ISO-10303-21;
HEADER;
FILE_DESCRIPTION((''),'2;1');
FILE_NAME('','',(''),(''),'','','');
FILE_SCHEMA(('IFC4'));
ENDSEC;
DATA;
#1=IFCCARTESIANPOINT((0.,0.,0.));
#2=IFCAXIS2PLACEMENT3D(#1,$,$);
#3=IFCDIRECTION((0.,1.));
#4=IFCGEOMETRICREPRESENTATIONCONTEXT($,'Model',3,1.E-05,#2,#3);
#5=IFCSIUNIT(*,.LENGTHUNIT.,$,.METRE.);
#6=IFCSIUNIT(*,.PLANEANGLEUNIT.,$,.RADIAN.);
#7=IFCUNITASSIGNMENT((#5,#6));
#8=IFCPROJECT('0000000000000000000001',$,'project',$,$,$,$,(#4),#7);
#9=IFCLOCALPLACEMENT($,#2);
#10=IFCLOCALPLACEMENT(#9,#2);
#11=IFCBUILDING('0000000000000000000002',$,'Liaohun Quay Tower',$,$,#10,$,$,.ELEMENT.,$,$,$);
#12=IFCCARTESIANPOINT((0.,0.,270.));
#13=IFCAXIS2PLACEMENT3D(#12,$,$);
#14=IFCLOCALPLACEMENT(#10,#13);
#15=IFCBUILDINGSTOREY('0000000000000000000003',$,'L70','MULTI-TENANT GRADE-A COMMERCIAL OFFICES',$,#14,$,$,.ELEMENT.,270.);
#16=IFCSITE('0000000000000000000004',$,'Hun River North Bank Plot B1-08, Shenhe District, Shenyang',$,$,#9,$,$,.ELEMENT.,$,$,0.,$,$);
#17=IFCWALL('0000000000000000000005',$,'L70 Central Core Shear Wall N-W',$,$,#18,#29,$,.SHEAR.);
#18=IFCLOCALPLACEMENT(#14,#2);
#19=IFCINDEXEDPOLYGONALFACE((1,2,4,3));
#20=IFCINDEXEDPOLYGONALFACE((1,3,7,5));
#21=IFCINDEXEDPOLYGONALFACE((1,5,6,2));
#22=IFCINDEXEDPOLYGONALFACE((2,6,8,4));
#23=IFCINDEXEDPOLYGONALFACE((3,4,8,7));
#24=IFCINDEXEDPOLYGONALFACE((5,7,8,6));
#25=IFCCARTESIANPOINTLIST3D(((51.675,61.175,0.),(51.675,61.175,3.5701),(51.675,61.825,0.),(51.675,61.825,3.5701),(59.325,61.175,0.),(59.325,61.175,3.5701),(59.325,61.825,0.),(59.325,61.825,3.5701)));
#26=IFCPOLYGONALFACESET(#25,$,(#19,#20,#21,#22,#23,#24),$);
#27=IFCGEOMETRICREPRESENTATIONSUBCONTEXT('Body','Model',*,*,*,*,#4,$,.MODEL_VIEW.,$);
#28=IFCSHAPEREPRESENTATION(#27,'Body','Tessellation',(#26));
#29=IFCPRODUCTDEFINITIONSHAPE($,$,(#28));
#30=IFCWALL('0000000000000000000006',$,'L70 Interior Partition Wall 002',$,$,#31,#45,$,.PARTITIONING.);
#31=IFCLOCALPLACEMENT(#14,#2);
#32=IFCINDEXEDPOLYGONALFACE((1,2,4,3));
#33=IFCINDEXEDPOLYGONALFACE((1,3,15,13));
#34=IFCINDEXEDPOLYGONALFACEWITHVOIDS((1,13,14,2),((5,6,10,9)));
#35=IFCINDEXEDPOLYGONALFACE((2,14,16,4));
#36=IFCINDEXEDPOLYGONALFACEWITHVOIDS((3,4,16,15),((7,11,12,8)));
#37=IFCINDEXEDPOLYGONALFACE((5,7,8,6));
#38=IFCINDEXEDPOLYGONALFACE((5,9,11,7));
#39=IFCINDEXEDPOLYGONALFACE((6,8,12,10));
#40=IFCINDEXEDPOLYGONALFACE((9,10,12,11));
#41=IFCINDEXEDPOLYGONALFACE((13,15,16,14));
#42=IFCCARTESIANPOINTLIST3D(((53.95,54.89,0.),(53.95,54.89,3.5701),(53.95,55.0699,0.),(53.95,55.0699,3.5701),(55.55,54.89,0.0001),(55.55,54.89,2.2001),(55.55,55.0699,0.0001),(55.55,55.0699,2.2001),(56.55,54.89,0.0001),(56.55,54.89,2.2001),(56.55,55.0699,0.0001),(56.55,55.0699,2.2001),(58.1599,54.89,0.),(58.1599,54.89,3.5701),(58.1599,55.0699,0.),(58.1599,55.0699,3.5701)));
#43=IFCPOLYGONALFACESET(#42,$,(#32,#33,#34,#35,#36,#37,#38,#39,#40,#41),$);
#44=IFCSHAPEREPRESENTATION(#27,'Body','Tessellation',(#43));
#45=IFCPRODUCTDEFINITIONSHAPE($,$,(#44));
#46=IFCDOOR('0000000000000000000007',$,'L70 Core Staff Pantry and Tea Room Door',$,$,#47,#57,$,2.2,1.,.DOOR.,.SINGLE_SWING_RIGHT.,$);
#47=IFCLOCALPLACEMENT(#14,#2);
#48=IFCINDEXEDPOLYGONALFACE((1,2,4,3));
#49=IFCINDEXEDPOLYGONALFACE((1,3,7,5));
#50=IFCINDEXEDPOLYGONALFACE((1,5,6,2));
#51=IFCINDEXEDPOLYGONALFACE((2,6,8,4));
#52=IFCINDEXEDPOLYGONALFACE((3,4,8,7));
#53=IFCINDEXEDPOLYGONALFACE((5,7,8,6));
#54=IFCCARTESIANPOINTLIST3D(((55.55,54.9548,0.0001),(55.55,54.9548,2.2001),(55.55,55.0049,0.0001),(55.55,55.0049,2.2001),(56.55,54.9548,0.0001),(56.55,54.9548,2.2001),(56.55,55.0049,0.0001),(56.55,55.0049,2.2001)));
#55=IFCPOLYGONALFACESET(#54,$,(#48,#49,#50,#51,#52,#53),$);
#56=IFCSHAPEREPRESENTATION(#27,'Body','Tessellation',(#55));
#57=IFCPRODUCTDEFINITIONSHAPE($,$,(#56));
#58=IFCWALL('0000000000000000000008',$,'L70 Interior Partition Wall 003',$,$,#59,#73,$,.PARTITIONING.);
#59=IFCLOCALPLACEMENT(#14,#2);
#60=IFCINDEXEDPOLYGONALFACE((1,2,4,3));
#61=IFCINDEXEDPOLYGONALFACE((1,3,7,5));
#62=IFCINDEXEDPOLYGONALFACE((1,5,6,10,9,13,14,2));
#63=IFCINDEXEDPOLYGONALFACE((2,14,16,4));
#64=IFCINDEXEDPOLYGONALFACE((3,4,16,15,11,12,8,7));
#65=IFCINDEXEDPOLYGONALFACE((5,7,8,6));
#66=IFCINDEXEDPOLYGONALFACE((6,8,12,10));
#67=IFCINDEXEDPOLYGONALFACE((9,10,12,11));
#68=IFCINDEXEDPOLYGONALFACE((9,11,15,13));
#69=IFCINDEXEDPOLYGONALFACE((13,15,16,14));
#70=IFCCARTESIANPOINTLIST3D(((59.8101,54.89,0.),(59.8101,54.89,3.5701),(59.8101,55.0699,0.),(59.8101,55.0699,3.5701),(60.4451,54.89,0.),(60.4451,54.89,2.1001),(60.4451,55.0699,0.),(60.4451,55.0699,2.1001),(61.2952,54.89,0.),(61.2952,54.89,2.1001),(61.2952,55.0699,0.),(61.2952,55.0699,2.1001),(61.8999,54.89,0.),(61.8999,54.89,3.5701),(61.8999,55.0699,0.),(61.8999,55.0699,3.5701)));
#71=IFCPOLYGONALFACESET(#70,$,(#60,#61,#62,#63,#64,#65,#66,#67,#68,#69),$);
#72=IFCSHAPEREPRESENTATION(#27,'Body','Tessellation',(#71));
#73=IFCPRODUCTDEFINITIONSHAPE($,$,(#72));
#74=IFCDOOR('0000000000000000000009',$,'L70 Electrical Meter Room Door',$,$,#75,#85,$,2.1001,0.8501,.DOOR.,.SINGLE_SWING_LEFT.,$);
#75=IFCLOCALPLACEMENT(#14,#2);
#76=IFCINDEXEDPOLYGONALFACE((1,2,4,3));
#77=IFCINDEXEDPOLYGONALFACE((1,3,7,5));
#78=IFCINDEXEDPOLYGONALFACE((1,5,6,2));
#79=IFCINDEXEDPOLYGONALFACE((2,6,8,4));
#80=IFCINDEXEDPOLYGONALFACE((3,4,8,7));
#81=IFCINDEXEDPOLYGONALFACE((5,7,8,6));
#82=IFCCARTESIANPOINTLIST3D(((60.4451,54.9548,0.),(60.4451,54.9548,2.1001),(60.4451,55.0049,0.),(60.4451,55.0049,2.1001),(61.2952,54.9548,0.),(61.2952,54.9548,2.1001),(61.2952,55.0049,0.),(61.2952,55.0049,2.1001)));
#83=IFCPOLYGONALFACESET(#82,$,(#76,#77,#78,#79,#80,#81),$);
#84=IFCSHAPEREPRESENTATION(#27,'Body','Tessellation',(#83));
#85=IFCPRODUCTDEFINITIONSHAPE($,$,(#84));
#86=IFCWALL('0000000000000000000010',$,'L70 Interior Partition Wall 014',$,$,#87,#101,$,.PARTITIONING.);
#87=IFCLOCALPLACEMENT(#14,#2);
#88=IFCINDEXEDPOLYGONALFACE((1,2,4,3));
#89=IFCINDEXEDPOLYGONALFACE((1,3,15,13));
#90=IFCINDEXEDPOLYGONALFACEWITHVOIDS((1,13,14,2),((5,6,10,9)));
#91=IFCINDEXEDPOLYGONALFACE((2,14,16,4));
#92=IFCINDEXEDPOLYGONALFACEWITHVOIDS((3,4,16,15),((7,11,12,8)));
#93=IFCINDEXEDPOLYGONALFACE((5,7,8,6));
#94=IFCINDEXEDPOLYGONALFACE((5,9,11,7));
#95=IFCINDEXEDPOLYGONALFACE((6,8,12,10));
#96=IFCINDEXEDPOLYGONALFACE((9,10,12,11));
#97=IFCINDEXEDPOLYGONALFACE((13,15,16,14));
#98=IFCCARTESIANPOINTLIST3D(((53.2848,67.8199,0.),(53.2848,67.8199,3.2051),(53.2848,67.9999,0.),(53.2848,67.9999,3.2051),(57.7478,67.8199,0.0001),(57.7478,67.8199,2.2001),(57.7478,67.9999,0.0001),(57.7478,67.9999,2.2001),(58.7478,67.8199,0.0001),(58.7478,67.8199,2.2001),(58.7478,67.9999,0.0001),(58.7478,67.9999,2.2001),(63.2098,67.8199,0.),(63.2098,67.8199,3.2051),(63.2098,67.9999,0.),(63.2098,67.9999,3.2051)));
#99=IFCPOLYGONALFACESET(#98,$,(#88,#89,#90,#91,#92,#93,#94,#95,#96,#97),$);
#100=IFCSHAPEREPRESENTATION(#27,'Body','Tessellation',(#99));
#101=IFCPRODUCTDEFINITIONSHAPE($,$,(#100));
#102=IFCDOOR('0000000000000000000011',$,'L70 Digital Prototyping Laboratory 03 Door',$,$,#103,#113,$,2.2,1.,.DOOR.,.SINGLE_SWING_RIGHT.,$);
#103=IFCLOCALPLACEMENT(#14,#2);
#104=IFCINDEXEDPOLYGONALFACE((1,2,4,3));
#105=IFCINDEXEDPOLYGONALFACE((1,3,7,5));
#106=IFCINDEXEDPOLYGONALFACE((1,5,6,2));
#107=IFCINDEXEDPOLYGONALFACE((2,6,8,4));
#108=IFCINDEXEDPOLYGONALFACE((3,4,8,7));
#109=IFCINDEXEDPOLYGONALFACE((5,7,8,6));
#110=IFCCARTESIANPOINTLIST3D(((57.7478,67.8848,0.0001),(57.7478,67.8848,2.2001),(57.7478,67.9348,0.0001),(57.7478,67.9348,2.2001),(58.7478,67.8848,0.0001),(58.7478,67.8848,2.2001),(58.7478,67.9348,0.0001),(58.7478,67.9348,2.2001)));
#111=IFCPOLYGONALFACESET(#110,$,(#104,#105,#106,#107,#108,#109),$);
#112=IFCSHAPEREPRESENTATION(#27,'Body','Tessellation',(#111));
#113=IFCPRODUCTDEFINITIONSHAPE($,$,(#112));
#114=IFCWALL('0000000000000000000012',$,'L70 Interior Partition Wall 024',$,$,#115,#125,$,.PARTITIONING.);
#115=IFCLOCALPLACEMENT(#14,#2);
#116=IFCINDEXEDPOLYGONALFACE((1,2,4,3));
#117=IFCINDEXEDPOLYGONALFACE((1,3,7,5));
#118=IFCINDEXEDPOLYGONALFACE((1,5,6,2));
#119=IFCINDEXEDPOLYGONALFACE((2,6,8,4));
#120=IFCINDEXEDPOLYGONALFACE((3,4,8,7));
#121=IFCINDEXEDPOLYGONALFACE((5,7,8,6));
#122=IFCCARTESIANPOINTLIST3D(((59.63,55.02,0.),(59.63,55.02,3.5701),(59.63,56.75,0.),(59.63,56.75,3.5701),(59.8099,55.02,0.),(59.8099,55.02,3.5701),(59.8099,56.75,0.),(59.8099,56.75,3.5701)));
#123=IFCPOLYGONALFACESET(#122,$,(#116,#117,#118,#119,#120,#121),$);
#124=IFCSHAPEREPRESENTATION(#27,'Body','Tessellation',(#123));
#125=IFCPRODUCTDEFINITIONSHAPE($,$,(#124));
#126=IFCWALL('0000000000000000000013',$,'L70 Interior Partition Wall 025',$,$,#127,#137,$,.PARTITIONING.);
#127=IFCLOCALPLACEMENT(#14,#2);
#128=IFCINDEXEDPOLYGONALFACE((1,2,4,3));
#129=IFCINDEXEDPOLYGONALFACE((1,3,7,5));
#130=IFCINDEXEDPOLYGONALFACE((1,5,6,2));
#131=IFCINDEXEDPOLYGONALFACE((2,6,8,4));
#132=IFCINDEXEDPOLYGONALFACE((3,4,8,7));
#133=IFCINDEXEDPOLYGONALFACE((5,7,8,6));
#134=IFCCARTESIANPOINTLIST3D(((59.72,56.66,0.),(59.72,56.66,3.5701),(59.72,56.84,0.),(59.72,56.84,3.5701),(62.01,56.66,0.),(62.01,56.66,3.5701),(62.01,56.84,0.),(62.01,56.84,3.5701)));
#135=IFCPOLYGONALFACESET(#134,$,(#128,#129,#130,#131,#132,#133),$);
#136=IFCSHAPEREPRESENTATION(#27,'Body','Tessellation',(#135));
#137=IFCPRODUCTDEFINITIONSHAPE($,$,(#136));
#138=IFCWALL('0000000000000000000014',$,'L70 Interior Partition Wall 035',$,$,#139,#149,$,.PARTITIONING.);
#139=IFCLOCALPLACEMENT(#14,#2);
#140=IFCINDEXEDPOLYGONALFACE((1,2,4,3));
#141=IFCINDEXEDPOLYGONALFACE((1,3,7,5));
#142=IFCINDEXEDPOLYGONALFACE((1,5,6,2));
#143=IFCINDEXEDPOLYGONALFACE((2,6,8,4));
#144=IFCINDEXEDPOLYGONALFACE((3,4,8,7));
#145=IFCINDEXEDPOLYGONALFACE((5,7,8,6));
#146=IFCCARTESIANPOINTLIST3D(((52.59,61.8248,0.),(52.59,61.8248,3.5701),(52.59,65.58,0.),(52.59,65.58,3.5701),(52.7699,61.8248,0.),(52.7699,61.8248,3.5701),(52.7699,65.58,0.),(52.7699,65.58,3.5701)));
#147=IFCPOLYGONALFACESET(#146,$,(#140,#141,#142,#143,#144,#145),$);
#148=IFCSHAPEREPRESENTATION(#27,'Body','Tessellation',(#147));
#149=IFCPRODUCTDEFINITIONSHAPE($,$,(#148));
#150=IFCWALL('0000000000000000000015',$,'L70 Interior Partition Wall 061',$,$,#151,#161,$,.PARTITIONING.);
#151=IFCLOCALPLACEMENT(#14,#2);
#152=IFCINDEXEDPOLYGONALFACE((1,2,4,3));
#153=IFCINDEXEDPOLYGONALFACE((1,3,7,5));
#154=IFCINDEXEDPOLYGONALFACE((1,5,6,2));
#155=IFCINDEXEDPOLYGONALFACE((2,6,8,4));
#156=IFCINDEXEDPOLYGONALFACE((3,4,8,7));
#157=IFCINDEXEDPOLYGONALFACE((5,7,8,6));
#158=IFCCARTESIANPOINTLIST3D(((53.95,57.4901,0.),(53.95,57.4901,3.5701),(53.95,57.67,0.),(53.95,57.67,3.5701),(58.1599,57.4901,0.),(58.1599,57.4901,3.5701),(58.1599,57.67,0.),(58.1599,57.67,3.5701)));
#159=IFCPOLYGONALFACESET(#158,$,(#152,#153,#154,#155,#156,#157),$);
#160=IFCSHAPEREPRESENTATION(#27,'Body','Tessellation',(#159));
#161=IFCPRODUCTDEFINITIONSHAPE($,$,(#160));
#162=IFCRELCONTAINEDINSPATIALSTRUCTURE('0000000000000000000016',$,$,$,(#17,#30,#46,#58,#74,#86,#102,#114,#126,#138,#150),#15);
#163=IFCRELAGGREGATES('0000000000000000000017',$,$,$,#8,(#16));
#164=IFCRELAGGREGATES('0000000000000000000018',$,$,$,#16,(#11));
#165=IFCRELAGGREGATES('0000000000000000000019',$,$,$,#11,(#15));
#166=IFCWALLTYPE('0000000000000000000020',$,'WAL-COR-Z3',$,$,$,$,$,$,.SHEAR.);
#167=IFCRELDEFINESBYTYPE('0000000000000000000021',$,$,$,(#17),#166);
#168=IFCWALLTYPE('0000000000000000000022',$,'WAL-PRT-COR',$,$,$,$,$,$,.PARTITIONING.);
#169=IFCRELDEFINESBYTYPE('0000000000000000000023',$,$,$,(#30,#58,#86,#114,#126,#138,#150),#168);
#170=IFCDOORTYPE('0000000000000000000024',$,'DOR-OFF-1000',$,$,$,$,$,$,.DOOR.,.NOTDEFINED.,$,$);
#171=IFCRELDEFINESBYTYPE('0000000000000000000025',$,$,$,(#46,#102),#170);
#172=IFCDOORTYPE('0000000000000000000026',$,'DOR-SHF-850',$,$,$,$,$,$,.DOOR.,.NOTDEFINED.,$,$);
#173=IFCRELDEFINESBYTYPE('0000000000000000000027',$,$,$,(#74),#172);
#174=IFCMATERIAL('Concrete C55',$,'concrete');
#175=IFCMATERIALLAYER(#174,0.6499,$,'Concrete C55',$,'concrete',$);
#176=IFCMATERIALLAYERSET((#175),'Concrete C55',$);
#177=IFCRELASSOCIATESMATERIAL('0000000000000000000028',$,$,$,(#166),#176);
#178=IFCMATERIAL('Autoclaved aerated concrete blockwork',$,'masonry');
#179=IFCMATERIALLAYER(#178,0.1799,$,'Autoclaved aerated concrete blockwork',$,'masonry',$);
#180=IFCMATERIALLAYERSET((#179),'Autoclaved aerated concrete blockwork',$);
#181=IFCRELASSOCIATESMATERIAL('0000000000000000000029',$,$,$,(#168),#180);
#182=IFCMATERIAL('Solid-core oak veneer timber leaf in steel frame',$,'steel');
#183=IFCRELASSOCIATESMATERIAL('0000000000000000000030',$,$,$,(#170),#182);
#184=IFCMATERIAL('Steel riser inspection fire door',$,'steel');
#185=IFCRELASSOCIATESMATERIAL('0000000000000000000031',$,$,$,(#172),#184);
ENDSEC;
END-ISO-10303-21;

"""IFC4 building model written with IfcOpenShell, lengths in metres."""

from ifc_helpers import new_model, si_unit, direction, frame, frame_2d, origin, place, context, subcontext, project, spatial, rectangle, extrude, source, transform, mapped, material, layer, layer_set, type_object, element, fill, save


model = new_model("IFC4")

# Units and contexts
model_context = context("Model", 3, precision=1e-05, world=origin(), true_north=direction((0.0, 1.0)))
body_context = subcontext(model_context, "Body", "Model", "MODEL_VIEW")
ifc_project = project(units=[si_unit("LENGTHUNIT", "METRE"), si_unit("PLANEANGLEUNIT", "RADIAN")], contexts=[model_context])

# Site, building, storey
site_placement = place(None, origin())
site = spatial("IfcSite", under=ifc_project, at=site_placement, Name="Hun River North Bank Plot B1-08, Shenhe District, Shenyang", CompositionType="ELEMENT", RefElevation=0.0)
building_placement = place(site_placement, origin())
building = spatial("IfcBuilding", under=site, at=building_placement, Name="Liaohun Quay Tower", CompositionType="ELEMENT")
storey_placement = place(building_placement, frame((0.0, 0.0, 270.0)))
storey = spatial("IfcBuildingStorey", under=building, at=storey_placement, Name="L70", Description="MULTI-TENANT GRADE-A COMMERCIAL OFFICES", CompositionType="ELEMENT", Elevation=270.0)

# Wall
ifc_material_1 = material(Name="Concrete C55", Category="concrete")
ifc_layer_1 = layer(ifc_material_1, 0.6499, Name="Concrete C55", Category="concrete")
ifc_layer_set_1 = layer_set([ifc_layer_1], Name="Concrete C55")
wall_type_1 = type_object("IfcWallType", Name="WAL-COR-Z3", PredefinedType="SHEAR", material=ifc_layer_set_1)
wall_1_placement = place(storey_placement, frame((51.675, 61.5, 0.0), z_axis=(0.0, 0.0, 1.0), x_axis=(1.0, 0.0, 0.0)))
element("IfcWall", 1, at=wall_1_placement, inside=storey, type_object=wall_type_1, Name="L70 Central Core Shear Wall N-W", PredefinedType="SHEAR", context=body_context, shape_type="SweptSolid", body=[
    extrude(rectangle(XDim=7.6499, YDim=0.6499, at=frame_2d((3.825, 0.0))), origin(), (0.0, 0.0, 1.0), 3.5701),
])

# Walls, openings, doors
ifc_material_2 = material(Name="Autoclaved aerated concrete blockwork", Category="masonry")
ifc_layer_2 = layer(ifc_material_2, 0.1799, Name="Autoclaved aerated concrete blockwork", Category="masonry")
ifc_layer_set_2 = layer_set([ifc_layer_2], Name="Autoclaved aerated concrete blockwork")
wall_type_2 = type_object("IfcWallType", Name="WAL-PRT-COR", PredefinedType="PARTITIONING", material=ifc_layer_set_2)
wall_2_placement = place(storey_placement, frame((53.95, 54.98, 0.0), z_axis=(0.0, 0.0, 1.0), x_axis=(1.0, 0.0, 0.0)))
wall_2 = element("IfcWall", 2, at=wall_2_placement, inside=storey, type_object=wall_type_2, Name="L70 Interior Partition Wall 002", PredefinedType="PARTITIONING", context=body_context, shape_type="SweptSolid", body=[
    extrude(rectangle(XDim=4.21, YDim=0.1799, at=frame_2d((2.105, 0.0))), origin(), (0.0, 0.0, 1.0), 3.5701),
])
shared_shape_1 = source(origin(), body_context, "Body", "SweptSolid", [
    extrude(rectangle(XDim=1.0, YDim=2.2, at=frame_2d((0.5, 1.1001))), frame((0.0, 0.0999, 0.0), z_axis=(0.0, -1.0, 0.0), x_axis=(1.0, 0.0, 0.0)), (0.0, 0.0, 1.0), 0.2),
])
opening_1_placement = place(wall_2_placement, frame((1.6001, 0.0, 0.0)))
opening_1 = element("IfcOpeningElement", 3, at=opening_1_placement, cuts=wall_2, PredefinedType="OPENING", context=body_context, shape_type="MappedRepresentation", body=[
    mapped(shared_shape_1, transform((0.0, 0.0, 0.0), x_axis=(1.0, 0.0, 0.0), y_axis=(0.0, 1.0, 0.0), z_axis=(0.0, 0.0, 1.0), scale=1.0)),
])
ifc_material_3 = material(Name="Solid-core oak veneer timber leaf in steel frame", Category="steel")
door_type_1 = type_object("IfcDoorType", Name="DOR-OFF-1000", OperationType="NOTDEFINED", PredefinedType="DOOR", material=ifc_material_3)
shared_shape_2 = source(origin(), body_context, "Body", "SweptSolid", [
    extrude(rectangle(XDim=1.0, YDim=2.2, at=frame_2d((0.5, 1.1001))), frame((0.0, 0.0249, 0.0), z_axis=(0.0, -1.0, 0.0), x_axis=(1.0, 0.0, 0.0)), (0.0, 0.0, 1.0), 0.05),
])
door_1_placement = place(opening_1_placement, origin())
door_1 = element("IfcDoor", 4, at=door_1_placement, inside=storey, type_object=door_type_1, Name="L70 Core Staff Pantry and Tea Room Door", OperationType="SINGLE_SWING_RIGHT", OverallHeight=2.2, OverallWidth=1.0, PredefinedType="DOOR", context=body_context, shape_type="MappedRepresentation", body=[
    mapped(shared_shape_2, transform((0.0, 0.0, 0.0), x_axis=(1.0, 0.0, 0.0), y_axis=(0.0, 1.0, 0.0), z_axis=(0.0, 0.0, 1.0), scale=1.0)),
])
fill(opening_1, door_1)
wall_3_placement = place(storey_placement, frame((59.8101, 54.98, 0.0), z_axis=(0.0, 0.0, 1.0), x_axis=(1.0, 0.0, 0.0)))
wall_3 = element("IfcWall", 5, at=wall_3_placement, inside=storey, type_object=wall_type_2, Name="L70 Interior Partition Wall 003", PredefinedType="PARTITIONING", context=body_context, shape_type="SweptSolid", body=[
    extrude(rectangle(XDim=2.0898, YDim=0.1799, at=frame_2d((1.0449, 0.0))), origin(), (0.0, 0.0, 1.0), 3.5701),
])
shared_shape_3 = source(origin(), body_context, "Body", "SweptSolid", [
    extrude(rectangle(XDim=0.8501, YDim=2.1001, at=frame_2d((0.425, 1.05))), frame((0.0, 0.0999, 0.0), z_axis=(0.0, -1.0, 0.0), x_axis=(1.0, 0.0, 0.0)), (0.0, 0.0, 1.0), 0.2),
])
opening_2_placement = place(wall_3_placement, frame((0.635, 0.0, 0.0)))
opening_2 = element("IfcOpeningElement", 6, at=opening_2_placement, cuts=wall_3, PredefinedType="OPENING", context=body_context, shape_type="MappedRepresentation", body=[
    mapped(shared_shape_3, transform((0.0, 0.0, 0.0), x_axis=(1.0, 0.0, 0.0), y_axis=(0.0, 1.0, 0.0), z_axis=(0.0, 0.0, 1.0), scale=1.0)),
])
ifc_material_4 = material(Name="Steel riser inspection fire door", Category="steel")
door_type_2 = type_object("IfcDoorType", Name="DOR-SHF-850", OperationType="NOTDEFINED", PredefinedType="DOOR", material=ifc_material_4)
shared_shape_4 = source(origin(), body_context, "Body", "SweptSolid", [
    extrude(rectangle(XDim=0.8501, YDim=2.1001, at=frame_2d((0.425, 1.05))), frame((0.0, 0.0249, 0.0), z_axis=(0.0, -1.0, 0.0), x_axis=(1.0, 0.0, 0.0)), (0.0, 0.0, 1.0), 0.05),
])
door_2_placement = place(opening_2_placement, origin())
door_2 = element("IfcDoor", 7, at=door_2_placement, inside=storey, type_object=door_type_2, Name="L70 Electrical Meter Room Door", OperationType="SINGLE_SWING_LEFT", OverallHeight=2.1001, OverallWidth=0.8501, PredefinedType="DOOR", context=body_context, shape_type="MappedRepresentation", body=[
    mapped(shared_shape_4, transform((0.0, 0.0, 0.0), x_axis=(1.0, 0.0, 0.0), y_axis=(0.0, 1.0, 0.0), z_axis=(0.0, 0.0, 1.0), scale=1.0)),
])
fill(opening_2, door_2)
wall_4_placement = place(storey_placement, frame((53.2849, 67.9099, 0.0), z_axis=(0.0, 0.0, 1.0), x_axis=(1.0, 0.0, 0.0)))
wall_4 = element("IfcWall", 8, at=wall_4_placement, inside=storey, type_object=wall_type_2, Name="L70 Interior Partition Wall 014", PredefinedType="PARTITIONING", context=body_context, shape_type="SweptSolid", body=[
    extrude(rectangle(XDim=9.925, YDim=0.1799, at=frame_2d((4.9624, 0.0))), origin(), (0.0, 0.0, 1.0), 3.2051),
])
opening_3_placement = place(wall_4_placement, frame((4.4629, 0.0, 0.0)))
opening_3 = element("IfcOpeningElement", 9, at=opening_3_placement, cuts=wall_4, PredefinedType="OPENING", context=body_context, shape_type="MappedRepresentation", body=[
    mapped(shared_shape_1, transform((0.0, 0.0, 0.0), x_axis=(1.0, 0.0, 0.0), y_axis=(0.0, 1.0, 0.0), z_axis=(0.0, 0.0, 1.0), scale=1.0)),
])
door_3_placement = place(opening_3_placement, origin())
door_3 = element("IfcDoor", 10, at=door_3_placement, inside=storey, type_object=door_type_1, Name="L70 Digital Prototyping Laboratory 03 Door", OperationType="SINGLE_SWING_RIGHT", OverallHeight=2.2, OverallWidth=1.0, PredefinedType="DOOR", context=body_context, shape_type="MappedRepresentation", body=[
    mapped(shared_shape_2, transform((0.0, 0.0, 0.0), x_axis=(1.0, 0.0, 0.0), y_axis=(0.0, 1.0, 0.0), z_axis=(0.0, 0.0, 1.0), scale=1.0)),
])
fill(opening_3, door_3)

# Walls
wall_5_placement = place(storey_placement, frame((59.72, 55.02, 0.0), z_axis=(0.0, 0.0, 1.0), x_axis=(0.0, 1.0, 0.0)))
element("IfcWall", 11, at=wall_5_placement, inside=storey, type_object=wall_type_2, Name="L70 Interior Partition Wall 024", PredefinedType="PARTITIONING", context=body_context, shape_type="SweptSolid", body=[
    extrude(rectangle(XDim=1.73, YDim=0.1799, at=frame_2d((0.865, 0.0))), origin(), (0.0, 0.0, 1.0), 3.5701),
])
wall_6_placement = place(storey_placement, frame((59.72, 56.75, 0.0), z_axis=(0.0, 0.0, 1.0), x_axis=(1.0, 0.0, 0.0)))
element("IfcWall", 12, at=wall_6_placement, inside=storey, type_object=wall_type_2, Name="L70 Interior Partition Wall 025", PredefinedType="PARTITIONING", context=body_context, shape_type="SweptSolid", body=[
    extrude(rectangle(XDim=2.29, YDim=0.1799, at=frame_2d((1.145, 0.0))), origin(), (0.0, 0.0, 1.0), 3.5701),
])
wall_7_placement = place(storey_placement, frame((52.6799, 61.825, 0.0), z_axis=(0.0, 0.0, 1.0), x_axis=(0.0, 1.0, 0.0)))
element("IfcWall", 13, at=wall_7_placement, inside=storey, type_object=wall_type_2, Name="L70 Interior Partition Wall 035", PredefinedType="PARTITIONING", context=body_context, shape_type="SweptSolid", body=[
    extrude(rectangle(XDim=3.7551, YDim=0.1799, at=frame_2d((1.8774, 0.0))), origin(), (0.0, 0.0, 1.0), 3.5701),
])
wall_8_placement = place(storey_placement, frame((53.95, 57.5801, 0.0), z_axis=(0.0, 0.0, 1.0), x_axis=(1.0, 0.0, 0.0)))
element("IfcWall", 14, at=wall_8_placement, inside=storey, type_object=wall_type_2, Name="L70 Interior Partition Wall 061", PredefinedType="PARTITIONING", context=body_context, shape_type="SweptSolid", body=[
    extrude(rectangle(XDim=4.21, YDim=0.1799, at=frame_2d((2.105, 0.0))), origin(), (0.0, 0.0, 1.0), 3.5701),
])

save(model, "model.ifc")
